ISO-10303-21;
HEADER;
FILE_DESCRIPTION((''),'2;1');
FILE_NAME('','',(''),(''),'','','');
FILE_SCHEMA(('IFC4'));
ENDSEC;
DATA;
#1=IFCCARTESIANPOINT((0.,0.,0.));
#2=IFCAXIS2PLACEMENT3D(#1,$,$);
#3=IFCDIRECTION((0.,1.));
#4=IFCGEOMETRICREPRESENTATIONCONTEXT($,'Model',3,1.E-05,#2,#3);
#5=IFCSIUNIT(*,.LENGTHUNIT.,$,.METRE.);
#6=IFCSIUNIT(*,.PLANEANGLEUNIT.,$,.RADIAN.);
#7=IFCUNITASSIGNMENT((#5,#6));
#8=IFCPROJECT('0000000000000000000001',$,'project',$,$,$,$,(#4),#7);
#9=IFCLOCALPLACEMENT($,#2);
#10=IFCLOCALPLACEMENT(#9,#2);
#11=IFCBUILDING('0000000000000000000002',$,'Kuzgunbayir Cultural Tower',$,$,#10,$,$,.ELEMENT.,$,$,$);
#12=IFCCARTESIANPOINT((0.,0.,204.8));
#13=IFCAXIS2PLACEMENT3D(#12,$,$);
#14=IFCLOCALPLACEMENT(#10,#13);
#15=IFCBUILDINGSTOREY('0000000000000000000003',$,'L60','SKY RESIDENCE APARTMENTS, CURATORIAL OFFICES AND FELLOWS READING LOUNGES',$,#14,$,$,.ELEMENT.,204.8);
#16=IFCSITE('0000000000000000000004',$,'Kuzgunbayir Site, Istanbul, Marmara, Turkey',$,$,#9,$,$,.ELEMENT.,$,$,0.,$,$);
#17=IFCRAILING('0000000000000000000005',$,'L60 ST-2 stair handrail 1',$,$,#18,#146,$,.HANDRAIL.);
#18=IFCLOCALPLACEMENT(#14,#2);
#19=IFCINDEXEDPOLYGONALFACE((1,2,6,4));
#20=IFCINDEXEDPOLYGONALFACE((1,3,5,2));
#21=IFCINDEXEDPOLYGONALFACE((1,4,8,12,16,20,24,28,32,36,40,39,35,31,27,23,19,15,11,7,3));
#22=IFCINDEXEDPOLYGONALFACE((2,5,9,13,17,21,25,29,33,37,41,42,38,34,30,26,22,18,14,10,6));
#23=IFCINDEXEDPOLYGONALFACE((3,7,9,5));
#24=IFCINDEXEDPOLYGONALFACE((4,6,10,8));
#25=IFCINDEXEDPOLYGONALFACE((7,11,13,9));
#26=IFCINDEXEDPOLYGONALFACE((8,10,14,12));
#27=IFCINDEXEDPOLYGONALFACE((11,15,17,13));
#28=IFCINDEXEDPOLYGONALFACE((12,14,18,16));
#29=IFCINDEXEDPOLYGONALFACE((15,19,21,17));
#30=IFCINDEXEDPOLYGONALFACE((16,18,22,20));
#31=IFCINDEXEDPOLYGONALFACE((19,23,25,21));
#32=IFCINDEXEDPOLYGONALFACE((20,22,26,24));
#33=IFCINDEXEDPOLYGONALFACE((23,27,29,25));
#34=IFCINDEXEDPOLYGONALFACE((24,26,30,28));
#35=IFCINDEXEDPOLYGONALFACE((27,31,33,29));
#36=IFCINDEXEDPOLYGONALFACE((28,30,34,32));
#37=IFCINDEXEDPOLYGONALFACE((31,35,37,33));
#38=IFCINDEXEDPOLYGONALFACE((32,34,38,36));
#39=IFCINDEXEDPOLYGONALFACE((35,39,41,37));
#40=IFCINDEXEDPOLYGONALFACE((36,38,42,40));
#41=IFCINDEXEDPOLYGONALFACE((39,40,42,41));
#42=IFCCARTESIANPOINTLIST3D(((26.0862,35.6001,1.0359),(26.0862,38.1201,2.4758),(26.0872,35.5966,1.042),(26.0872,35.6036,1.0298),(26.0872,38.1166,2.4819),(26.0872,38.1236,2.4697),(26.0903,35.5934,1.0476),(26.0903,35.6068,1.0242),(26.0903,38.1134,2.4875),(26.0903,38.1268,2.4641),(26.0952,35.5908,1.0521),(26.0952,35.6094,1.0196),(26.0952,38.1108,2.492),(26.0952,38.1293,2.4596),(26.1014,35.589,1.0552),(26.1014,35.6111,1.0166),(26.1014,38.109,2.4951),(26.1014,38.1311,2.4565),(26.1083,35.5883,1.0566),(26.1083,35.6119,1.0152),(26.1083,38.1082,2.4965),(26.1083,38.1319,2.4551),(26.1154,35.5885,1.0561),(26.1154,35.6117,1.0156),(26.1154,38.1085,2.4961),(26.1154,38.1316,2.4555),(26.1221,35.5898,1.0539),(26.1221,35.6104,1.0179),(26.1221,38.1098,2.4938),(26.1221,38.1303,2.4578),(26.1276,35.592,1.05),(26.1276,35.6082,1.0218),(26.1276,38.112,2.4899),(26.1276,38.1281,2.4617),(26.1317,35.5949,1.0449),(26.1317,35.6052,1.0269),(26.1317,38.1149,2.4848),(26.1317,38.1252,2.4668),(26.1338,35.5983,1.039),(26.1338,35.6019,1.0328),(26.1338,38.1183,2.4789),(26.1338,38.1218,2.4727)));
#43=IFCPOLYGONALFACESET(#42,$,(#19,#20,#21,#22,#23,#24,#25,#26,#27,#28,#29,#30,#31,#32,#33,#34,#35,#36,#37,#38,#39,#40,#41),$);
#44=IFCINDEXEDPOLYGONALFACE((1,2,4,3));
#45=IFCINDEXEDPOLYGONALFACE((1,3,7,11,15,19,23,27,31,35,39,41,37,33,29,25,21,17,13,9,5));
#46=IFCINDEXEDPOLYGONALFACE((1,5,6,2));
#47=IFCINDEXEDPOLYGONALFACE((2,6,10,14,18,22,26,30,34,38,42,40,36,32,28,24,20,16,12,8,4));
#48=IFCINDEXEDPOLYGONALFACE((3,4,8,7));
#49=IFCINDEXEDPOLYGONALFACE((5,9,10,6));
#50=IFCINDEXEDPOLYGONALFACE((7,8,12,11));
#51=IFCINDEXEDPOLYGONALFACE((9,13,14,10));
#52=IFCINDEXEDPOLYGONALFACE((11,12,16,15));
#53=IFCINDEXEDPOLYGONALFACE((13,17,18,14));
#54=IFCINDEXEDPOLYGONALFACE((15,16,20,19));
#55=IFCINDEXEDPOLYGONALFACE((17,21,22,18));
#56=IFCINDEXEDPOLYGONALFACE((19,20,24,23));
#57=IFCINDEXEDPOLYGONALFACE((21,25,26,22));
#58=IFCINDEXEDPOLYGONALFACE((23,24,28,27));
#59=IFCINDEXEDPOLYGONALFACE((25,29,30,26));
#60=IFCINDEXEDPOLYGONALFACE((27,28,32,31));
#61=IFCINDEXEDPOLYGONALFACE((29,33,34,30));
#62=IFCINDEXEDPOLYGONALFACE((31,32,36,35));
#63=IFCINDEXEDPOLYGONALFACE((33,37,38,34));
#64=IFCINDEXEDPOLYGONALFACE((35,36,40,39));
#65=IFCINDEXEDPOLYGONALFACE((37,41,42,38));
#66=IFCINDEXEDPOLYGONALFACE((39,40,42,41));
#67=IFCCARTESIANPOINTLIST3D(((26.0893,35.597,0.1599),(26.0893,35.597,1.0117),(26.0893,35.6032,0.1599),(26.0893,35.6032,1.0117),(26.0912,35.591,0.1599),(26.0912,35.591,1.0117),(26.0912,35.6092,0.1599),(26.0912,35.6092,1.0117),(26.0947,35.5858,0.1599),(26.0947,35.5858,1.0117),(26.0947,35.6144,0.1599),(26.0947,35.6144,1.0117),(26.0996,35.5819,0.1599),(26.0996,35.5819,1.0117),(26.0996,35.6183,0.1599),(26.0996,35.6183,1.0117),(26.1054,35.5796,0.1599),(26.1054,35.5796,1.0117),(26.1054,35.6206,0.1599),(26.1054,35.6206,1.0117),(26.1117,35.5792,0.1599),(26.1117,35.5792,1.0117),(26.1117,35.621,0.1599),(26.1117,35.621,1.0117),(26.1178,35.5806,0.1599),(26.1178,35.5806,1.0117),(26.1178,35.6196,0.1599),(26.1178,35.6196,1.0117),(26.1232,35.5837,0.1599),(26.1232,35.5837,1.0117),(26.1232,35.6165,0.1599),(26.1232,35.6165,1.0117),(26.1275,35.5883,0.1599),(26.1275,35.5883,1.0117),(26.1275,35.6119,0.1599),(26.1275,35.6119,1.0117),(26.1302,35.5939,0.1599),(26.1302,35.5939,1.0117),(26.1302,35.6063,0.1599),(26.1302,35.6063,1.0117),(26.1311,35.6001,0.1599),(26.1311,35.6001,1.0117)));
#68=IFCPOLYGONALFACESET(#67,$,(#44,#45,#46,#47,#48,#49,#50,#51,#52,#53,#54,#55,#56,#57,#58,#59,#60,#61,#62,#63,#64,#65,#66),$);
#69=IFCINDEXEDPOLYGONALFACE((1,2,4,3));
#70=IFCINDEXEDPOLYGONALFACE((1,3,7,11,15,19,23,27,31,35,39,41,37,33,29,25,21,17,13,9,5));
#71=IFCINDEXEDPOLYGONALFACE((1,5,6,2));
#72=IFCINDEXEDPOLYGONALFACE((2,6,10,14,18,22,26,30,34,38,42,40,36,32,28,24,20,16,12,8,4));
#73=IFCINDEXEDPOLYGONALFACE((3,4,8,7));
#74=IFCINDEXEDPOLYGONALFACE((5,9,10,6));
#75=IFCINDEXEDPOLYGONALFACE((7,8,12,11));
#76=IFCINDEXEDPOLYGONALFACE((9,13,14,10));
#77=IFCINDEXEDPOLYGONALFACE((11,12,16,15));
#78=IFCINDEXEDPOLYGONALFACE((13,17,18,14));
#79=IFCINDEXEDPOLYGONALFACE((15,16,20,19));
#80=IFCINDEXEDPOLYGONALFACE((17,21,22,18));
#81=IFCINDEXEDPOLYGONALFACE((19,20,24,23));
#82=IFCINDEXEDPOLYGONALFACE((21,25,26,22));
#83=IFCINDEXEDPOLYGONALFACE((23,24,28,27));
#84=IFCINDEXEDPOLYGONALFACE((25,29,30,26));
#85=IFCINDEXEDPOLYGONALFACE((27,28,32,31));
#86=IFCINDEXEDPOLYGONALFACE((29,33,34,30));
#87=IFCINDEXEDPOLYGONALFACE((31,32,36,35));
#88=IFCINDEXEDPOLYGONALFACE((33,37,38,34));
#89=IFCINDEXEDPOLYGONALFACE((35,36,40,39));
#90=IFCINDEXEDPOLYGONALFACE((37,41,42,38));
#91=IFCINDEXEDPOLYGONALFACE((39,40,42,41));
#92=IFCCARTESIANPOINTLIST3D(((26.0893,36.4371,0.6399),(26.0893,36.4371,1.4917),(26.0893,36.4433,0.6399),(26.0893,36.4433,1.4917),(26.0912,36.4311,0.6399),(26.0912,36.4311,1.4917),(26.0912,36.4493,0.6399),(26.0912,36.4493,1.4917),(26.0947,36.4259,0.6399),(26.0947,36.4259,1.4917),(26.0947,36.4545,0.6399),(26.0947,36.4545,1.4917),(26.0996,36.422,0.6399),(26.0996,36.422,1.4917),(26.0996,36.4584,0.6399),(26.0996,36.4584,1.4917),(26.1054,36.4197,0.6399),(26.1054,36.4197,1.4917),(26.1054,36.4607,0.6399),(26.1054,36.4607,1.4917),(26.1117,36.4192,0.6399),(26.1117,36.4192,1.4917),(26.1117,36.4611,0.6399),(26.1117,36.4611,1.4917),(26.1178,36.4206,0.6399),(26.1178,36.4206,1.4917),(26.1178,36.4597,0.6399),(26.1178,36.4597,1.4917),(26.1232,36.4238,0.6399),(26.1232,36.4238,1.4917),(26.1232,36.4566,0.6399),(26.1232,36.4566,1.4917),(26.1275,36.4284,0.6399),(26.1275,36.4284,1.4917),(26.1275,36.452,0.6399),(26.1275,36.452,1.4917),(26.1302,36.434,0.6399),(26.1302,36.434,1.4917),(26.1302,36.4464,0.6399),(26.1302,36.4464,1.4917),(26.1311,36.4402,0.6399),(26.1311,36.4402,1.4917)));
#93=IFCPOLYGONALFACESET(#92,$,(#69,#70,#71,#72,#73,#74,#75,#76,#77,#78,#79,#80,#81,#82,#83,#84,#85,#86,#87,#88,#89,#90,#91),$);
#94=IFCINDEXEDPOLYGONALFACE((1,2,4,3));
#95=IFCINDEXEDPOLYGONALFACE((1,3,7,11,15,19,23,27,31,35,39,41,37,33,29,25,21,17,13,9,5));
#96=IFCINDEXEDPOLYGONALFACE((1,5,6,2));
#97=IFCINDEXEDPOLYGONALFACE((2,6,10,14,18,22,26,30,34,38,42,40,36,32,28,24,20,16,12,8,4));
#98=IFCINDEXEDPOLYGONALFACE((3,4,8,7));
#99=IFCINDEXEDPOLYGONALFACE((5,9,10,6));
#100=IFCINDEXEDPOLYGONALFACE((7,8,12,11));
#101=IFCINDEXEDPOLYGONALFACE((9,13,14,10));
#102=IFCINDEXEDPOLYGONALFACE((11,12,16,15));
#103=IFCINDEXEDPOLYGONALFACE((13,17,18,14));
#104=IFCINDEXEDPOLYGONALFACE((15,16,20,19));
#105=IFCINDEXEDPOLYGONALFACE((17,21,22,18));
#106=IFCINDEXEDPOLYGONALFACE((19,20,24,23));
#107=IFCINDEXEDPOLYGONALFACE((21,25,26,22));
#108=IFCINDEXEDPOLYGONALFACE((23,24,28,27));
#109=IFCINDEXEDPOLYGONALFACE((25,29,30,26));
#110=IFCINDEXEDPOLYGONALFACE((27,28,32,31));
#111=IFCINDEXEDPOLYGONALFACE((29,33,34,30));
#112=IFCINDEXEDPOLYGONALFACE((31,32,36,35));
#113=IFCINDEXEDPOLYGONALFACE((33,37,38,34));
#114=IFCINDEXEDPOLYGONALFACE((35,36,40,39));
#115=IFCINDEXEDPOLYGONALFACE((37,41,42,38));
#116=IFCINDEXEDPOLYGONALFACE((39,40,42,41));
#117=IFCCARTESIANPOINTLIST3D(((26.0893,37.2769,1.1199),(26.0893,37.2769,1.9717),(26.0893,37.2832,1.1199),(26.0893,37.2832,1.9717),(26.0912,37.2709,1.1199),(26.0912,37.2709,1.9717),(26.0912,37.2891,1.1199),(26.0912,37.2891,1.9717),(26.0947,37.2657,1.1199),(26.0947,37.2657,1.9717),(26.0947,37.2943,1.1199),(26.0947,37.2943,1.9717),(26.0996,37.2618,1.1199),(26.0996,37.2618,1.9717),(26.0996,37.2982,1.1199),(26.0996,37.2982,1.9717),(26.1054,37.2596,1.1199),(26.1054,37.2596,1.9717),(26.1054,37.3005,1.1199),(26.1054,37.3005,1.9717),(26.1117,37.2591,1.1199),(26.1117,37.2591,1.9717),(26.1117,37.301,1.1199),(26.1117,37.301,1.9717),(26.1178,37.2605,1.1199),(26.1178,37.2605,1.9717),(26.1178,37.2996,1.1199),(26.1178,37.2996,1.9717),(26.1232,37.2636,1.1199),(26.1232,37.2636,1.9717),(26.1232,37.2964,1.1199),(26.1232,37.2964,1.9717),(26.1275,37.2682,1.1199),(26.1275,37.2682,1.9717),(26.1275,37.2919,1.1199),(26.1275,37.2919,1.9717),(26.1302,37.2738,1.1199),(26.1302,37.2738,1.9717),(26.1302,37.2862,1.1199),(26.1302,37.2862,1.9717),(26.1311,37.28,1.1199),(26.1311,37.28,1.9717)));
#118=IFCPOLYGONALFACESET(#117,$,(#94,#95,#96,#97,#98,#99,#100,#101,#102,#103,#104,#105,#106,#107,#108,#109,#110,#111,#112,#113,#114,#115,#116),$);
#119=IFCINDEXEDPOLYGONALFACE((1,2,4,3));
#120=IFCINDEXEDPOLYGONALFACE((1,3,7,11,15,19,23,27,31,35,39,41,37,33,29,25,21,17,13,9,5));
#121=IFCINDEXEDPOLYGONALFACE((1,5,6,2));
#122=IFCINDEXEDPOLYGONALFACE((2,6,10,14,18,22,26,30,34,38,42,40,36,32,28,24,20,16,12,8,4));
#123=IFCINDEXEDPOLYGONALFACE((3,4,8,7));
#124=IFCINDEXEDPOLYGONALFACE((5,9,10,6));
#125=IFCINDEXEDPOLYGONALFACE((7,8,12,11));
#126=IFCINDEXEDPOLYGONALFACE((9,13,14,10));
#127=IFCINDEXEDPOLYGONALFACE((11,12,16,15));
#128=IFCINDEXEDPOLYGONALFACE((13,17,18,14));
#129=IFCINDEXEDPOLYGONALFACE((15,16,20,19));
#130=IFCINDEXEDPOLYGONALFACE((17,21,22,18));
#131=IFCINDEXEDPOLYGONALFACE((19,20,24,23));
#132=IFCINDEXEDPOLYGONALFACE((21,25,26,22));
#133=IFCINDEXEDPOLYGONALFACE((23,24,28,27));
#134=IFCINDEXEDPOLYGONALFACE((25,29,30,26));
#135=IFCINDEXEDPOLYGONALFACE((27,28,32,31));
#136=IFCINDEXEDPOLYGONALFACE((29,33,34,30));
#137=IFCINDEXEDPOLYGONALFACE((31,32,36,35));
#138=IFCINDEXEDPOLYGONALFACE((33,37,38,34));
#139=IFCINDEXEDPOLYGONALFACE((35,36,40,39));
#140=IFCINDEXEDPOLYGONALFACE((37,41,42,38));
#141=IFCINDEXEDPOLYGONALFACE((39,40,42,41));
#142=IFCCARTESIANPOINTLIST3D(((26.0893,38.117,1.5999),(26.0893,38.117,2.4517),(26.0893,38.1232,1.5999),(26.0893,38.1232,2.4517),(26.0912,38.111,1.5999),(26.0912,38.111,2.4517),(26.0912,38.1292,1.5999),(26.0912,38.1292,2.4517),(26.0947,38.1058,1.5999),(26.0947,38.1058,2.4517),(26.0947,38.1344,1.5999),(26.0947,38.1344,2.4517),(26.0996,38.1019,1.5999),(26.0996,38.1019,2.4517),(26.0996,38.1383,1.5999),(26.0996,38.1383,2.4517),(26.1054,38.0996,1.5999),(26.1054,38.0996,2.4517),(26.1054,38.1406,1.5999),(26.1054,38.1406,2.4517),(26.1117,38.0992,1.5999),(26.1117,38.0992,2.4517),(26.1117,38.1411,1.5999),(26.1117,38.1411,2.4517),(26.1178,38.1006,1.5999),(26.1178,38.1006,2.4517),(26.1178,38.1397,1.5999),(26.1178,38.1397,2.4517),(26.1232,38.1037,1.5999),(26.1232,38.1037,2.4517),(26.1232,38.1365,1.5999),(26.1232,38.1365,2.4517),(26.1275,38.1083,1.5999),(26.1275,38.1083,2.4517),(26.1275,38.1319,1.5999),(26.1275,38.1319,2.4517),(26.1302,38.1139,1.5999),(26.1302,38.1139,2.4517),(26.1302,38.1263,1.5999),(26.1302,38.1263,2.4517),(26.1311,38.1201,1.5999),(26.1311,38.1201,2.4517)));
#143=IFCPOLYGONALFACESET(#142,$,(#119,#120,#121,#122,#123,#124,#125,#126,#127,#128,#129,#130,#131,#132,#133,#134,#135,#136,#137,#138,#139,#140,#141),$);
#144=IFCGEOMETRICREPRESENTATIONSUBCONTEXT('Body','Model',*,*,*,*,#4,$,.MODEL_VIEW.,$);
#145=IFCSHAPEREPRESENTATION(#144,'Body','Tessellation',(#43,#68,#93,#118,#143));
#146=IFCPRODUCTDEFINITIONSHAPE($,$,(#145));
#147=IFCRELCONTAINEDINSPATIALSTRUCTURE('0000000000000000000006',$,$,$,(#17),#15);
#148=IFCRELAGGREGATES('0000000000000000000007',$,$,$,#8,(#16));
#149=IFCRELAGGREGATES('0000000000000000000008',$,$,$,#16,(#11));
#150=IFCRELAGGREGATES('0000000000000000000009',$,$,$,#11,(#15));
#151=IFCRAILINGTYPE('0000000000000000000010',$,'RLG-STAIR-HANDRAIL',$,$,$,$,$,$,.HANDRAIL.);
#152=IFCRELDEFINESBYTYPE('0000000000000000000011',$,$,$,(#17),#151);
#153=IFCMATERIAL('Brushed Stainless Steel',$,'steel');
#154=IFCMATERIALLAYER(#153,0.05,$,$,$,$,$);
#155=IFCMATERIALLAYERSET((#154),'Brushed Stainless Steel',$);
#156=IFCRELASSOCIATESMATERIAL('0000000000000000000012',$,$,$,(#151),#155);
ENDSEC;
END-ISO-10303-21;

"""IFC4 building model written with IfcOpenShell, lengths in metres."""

from ifc_helpers import new_model, si_unit, direction, frame, origin, origin_2d, place, context, subcontext, project, spatial, circle, extrude, material, layer, layer_set, type_object, element, save


model = new_model("IFC4")

# Units and contexts
model_context = context("Model", 3, precision=1e-05, world=origin(), true_north=direction((0.0, 1.0)))
body_context = subcontext(model_context, "Body", "Model", "MODEL_VIEW")
ifc_project = project(units=[si_unit("LENGTHUNIT", "METRE"), si_unit("PLANEANGLEUNIT", "RADIAN")], contexts=[model_context])

# Site, building, storey
site_placement = place(None, origin())
site = spatial("IfcSite", under=ifc_project, at=site_placement, Name="Kuzgunbayir Site, Istanbul, Marmara, Turkey", CompositionType="ELEMENT", RefElevation=0.0)
building_placement = place(site_placement, origin())
building = spatial("IfcBuilding", under=site, at=building_placement, Name="Kuzgunbayir Cultural Tower", CompositionType="ELEMENT")
storey_placement = place(building_placement, frame((0.0, 0.0, 204.8)))
storey = spatial("IfcBuildingStorey", under=building, at=storey_placement, Name="L60", Description="SKY RESIDENCE APARTMENTS, CURATORIAL OFFICES AND FELLOWS READING LOUNGES", CompositionType="ELEMENT", Elevation=204.8)

# Railing
ifc_material_1 = material(Name="Brushed Stainless Steel", Category="steel")
ifc_layer_1 = layer(ifc_material_1, 0.05)
ifc_layer_set_1 = layer_set([ifc_layer_1], Name="Brushed Stainless Steel")
railing_type_1 = type_object("IfcRailingType", Name="RLG-STAIR-HANDRAIL", PredefinedType="HANDRAIL", material=ifc_layer_set_1)
railing_1_placement = place(storey_placement, frame((26.1101, 35.6001, 0.1599)))
element("IfcRailing", 1, at=railing_1_placement, inside=storey, type_object=railing_type_1, Name="L60 ST-2 stair handrail 1", PredefinedType="HANDRAIL", context=body_context, shape_type="SweptSolid", body=[
    extrude(circle(Radius=0.0239, at=origin_2d()), frame((0.0, 0.0, 0.876), z_axis=(0.0, 0.868253, 0.496121), x_axis=(-1.0, 0.0, 0.0)), (0.0, 0.0, 1.0), 2.9023),
    extrude(circle(Radius=0.021, at=origin_2d()), origin(), (0.0, 0.0, 1.0), 0.8518),
    extrude(circle(Radius=0.021, at=origin_2d()), frame((0.0, 0.8401, 0.48)), (0.0, 0.0, 1.0), 0.8518),
    extrude(circle(Radius=0.021, at=origin_2d()), frame((0.0, 1.6799, 0.96)), (0.0, 0.0, 1.0), 0.8518),
    extrude(circle(Radius=0.021, at=origin_2d()), frame((0.0, 2.52, 1.4399)), (0.0, 0.0, 1.0), 0.8518),
])

save(model, "model.ifc")
